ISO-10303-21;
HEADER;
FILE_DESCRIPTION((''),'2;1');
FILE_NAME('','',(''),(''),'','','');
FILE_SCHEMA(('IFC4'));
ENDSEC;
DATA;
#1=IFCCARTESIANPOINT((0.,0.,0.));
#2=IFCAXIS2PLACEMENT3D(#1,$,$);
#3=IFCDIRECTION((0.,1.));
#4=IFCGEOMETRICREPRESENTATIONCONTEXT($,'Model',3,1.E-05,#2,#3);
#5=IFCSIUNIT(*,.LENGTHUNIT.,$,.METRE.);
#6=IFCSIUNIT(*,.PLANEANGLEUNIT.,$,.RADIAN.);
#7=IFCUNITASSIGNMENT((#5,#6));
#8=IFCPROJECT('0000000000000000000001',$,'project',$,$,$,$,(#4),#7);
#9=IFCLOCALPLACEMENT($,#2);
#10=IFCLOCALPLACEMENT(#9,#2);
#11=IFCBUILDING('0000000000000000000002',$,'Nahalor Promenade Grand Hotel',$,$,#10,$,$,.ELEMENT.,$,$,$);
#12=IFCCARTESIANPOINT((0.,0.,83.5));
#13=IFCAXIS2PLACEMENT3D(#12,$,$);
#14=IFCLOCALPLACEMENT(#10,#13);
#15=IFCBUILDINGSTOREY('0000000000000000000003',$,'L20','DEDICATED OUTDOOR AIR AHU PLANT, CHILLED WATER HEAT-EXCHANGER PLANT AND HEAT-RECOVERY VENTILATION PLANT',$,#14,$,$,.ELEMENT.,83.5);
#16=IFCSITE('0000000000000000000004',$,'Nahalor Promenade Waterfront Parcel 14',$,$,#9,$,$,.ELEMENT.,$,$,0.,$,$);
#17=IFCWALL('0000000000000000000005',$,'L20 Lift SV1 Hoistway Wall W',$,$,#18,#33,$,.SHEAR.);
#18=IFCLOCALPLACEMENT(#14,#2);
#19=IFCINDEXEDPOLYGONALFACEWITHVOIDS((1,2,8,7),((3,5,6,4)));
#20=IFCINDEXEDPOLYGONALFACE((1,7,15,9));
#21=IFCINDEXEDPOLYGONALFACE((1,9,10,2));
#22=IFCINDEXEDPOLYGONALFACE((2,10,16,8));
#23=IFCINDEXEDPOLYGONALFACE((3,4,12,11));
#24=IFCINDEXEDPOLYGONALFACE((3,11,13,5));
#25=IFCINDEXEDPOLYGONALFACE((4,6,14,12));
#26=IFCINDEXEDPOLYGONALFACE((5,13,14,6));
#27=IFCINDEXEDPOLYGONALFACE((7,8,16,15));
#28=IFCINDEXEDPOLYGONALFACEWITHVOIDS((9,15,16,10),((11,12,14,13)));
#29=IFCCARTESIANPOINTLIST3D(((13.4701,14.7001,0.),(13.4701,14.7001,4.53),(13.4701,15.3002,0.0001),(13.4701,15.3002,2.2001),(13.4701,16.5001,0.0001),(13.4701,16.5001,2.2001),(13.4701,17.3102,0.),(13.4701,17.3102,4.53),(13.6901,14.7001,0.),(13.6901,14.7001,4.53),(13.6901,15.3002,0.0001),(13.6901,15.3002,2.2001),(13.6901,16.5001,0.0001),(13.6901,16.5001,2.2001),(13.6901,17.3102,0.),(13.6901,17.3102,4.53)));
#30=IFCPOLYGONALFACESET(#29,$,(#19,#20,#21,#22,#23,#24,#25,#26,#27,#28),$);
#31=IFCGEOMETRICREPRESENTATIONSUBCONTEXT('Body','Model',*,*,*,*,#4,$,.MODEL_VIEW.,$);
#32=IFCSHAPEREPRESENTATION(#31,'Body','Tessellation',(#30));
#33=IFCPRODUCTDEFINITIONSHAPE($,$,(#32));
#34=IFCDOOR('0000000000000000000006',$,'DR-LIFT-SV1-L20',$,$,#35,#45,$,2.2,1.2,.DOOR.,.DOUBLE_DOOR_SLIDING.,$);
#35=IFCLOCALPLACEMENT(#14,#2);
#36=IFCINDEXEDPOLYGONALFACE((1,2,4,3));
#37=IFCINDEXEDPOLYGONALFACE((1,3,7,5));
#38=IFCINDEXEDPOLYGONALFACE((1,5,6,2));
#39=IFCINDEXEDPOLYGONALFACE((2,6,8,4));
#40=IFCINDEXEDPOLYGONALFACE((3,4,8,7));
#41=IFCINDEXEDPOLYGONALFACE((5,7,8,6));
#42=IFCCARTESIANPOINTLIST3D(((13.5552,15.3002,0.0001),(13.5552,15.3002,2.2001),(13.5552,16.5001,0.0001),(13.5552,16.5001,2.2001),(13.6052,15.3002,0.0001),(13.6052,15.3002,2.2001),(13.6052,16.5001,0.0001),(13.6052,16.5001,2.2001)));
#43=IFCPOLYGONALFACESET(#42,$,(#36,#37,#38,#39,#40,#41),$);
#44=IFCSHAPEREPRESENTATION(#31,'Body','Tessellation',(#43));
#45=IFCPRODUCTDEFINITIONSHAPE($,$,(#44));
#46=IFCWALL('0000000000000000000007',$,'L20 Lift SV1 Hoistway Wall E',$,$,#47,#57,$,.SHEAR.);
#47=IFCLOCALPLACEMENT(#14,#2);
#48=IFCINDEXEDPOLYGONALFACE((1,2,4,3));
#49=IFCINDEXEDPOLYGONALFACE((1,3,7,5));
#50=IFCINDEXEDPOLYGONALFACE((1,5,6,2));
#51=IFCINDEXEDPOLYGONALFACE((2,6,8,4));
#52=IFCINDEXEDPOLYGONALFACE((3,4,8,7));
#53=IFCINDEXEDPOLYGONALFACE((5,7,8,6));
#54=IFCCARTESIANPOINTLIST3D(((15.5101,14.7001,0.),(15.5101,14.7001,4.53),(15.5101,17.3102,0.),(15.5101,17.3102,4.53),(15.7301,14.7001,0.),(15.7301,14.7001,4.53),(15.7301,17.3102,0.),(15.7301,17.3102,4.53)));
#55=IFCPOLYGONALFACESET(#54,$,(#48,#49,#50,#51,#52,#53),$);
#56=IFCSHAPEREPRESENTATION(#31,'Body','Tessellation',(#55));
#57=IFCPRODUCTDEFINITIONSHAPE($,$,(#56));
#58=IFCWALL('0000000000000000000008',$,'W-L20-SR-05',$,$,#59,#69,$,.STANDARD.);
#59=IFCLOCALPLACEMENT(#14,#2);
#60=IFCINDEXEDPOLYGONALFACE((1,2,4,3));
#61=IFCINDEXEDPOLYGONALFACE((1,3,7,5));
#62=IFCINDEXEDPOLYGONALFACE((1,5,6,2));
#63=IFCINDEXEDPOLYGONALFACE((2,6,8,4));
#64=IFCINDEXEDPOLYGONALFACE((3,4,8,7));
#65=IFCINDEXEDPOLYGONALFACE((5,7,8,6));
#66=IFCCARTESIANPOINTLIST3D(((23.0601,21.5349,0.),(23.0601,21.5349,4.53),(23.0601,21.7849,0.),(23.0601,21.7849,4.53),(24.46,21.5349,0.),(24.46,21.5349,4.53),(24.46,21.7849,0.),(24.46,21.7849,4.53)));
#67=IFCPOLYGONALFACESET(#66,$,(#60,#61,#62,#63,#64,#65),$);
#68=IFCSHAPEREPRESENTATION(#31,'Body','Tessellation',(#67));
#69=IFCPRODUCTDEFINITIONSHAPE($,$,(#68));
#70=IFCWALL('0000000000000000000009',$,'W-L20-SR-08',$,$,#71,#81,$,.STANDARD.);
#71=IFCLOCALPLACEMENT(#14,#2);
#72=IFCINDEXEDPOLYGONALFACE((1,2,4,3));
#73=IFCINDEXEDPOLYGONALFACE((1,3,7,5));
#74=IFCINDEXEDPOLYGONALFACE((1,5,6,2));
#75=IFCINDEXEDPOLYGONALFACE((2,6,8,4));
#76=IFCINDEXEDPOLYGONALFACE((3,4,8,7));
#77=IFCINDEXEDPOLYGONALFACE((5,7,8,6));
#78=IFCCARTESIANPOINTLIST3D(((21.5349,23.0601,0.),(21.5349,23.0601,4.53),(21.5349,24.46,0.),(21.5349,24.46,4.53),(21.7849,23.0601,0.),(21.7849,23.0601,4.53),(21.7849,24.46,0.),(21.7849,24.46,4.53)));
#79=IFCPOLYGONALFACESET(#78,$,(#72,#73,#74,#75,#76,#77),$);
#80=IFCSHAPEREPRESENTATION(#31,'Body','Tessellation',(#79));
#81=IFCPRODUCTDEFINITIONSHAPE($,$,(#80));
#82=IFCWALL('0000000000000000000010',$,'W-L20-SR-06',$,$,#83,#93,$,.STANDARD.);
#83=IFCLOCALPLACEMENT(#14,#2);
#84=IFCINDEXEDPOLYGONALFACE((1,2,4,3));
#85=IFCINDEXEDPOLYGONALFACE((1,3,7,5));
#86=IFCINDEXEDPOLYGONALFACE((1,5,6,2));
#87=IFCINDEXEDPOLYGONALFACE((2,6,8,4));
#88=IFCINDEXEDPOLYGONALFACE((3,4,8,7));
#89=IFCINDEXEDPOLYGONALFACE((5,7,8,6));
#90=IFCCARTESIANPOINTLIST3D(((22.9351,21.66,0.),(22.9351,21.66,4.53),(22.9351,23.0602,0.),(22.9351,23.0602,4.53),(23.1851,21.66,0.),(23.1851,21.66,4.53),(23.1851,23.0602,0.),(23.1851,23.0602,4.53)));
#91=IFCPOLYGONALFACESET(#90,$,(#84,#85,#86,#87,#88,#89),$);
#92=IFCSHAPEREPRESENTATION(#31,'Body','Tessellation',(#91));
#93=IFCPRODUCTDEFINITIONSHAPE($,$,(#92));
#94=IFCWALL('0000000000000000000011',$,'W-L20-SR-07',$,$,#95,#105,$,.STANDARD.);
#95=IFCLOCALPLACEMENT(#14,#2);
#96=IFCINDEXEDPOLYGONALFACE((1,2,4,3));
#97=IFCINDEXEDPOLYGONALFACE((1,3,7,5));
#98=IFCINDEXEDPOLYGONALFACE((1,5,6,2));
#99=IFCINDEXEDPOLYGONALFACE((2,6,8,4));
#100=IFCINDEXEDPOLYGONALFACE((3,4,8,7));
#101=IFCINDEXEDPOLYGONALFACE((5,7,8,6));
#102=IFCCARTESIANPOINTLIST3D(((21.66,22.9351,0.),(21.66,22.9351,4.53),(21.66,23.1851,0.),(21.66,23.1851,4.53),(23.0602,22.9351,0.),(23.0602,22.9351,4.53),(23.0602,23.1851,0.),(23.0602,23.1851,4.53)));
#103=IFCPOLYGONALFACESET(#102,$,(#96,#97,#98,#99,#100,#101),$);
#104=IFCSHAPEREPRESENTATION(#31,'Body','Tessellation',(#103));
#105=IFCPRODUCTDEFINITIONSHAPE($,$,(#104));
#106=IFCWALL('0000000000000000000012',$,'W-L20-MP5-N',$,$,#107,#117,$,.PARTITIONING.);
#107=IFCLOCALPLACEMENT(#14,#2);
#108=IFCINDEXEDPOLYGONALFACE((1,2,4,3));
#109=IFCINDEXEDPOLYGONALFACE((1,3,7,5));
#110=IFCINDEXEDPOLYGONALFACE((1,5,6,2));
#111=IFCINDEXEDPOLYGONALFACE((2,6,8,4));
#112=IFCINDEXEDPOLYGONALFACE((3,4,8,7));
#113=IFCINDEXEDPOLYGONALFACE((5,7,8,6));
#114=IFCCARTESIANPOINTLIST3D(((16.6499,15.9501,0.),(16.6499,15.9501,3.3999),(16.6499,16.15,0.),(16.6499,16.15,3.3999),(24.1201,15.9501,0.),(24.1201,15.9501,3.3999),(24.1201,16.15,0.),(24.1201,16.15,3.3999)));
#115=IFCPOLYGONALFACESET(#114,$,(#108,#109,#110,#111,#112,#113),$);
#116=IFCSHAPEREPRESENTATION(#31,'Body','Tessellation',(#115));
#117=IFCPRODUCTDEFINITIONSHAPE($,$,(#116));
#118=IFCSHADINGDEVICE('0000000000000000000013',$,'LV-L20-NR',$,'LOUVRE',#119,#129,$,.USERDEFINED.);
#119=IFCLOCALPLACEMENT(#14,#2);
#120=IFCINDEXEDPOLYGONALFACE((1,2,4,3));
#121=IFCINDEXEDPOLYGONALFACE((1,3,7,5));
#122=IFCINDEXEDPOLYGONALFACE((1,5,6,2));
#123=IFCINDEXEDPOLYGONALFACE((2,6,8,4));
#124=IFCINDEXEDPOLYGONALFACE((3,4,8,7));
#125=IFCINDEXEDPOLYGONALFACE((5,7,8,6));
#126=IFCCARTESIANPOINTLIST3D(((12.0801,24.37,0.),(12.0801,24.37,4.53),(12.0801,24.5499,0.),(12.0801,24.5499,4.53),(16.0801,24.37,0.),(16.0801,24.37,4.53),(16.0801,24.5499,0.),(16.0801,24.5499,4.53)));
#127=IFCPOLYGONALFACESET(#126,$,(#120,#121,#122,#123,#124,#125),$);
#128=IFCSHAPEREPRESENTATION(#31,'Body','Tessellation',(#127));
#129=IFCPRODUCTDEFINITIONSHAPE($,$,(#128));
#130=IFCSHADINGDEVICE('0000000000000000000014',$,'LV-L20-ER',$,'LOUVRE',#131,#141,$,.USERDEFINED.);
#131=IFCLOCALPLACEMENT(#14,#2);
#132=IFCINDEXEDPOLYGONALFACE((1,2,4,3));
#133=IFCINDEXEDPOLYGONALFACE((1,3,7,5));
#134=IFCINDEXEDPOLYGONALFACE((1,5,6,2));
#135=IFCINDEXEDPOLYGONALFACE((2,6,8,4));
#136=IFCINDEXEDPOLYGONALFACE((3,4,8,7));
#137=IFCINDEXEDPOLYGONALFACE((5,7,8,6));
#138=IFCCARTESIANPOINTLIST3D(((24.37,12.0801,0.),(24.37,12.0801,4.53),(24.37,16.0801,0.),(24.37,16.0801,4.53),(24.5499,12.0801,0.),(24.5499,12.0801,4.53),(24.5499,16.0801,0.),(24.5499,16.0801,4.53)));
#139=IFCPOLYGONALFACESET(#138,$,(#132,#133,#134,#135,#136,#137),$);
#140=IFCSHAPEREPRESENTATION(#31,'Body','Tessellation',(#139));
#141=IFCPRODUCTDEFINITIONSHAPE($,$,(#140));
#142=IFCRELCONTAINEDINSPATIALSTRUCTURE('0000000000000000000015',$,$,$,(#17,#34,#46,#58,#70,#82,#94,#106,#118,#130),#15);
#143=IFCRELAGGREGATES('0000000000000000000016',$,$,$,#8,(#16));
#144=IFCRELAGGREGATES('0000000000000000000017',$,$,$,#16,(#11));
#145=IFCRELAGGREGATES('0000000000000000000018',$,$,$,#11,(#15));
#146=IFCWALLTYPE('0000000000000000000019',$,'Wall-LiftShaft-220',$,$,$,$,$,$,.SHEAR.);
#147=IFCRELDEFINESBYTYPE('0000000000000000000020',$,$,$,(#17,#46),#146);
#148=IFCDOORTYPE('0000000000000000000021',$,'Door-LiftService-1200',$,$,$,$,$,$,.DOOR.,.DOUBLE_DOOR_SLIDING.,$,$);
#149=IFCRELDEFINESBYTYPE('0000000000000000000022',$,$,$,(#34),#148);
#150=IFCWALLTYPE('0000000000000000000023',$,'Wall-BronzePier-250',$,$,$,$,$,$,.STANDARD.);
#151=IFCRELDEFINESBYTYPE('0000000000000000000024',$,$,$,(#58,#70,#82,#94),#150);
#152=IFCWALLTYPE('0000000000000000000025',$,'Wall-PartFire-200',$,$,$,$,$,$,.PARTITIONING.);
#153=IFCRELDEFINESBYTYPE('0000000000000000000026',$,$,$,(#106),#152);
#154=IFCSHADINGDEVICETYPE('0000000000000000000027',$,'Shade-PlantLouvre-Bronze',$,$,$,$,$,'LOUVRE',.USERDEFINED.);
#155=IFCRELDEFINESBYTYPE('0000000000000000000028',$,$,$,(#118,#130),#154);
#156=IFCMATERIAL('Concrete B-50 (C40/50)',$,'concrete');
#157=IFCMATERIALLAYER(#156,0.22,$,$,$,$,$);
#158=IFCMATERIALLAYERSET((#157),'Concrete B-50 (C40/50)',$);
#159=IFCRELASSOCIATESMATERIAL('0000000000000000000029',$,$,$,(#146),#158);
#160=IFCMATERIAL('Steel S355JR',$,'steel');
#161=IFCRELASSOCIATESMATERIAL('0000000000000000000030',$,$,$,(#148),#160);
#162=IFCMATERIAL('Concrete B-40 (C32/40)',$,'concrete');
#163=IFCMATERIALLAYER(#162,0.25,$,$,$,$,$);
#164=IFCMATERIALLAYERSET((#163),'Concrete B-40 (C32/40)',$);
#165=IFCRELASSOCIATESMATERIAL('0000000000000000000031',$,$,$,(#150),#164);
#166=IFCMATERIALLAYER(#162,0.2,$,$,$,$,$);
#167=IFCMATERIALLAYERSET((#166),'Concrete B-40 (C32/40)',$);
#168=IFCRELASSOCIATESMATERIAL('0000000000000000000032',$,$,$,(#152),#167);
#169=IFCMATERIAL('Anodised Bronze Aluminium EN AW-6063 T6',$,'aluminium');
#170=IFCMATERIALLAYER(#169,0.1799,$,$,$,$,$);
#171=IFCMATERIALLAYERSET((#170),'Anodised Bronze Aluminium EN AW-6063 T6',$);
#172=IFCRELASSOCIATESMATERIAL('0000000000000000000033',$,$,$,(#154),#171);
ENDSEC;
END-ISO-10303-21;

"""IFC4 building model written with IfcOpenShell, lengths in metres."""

from ifc_helpers import new_model, si_unit, direction, frame, frame_2d, origin, origin_2d, place, context, subcontext, project, spatial, rectangle, extrude, source, transform, mapped, material, layer, layer_set, type_object, element, fill, save


model = new_model("IFC4")

# Units and contexts
model_context = context("Model", 3, precision=1e-05, world=origin(), true_north=direction((0.0, 1.0)))
body_context = subcontext(model_context, "Body", "Model", "MODEL_VIEW")
ifc_project = project(units=[si_unit("LENGTHUNIT", "METRE"), si_unit("PLANEANGLEUNIT", "RADIAN")], contexts=[model_context])

# Site, building, storey
site_placement = place(None, origin())
site = spatial("IfcSite", under=ifc_project, at=site_placement, Name="Nahalor Promenade Waterfront Parcel 14", CompositionType="ELEMENT", RefElevation=0.0)
building_placement = place(site_placement, origin())
building = spatial("IfcBuilding", under=site, at=building_placement, Name="Nahalor Promenade Grand Hotel", CompositionType="ELEMENT")
storey_placement = place(building_placement, frame((0.0, 0.0, 83.5)))
storey = spatial("IfcBuildingStorey", under=building, at=storey_placement, Name="L20", Description="DEDICATED OUTDOOR AIR AHU PLANT, CHILLED WATER HEAT-EXCHANGER PLANT AND HEAT-RECOVERY VENTILATION PLANT", CompositionType="ELEMENT", Elevation=83.5)

# Shared definitions
ifc_material_1 = material(Name="Steel S355JR", Category="steel")

# Shared definitions
ifc_material_2 = material(Name="Concrete B-50 (C40/50)", Category="concrete")
ifc_layer_1 = layer(ifc_material_2, 0.22)
ifc_layer_set_1 = layer_set([ifc_layer_1], Name="Concrete B-50 (C40/50)")
wall_type_1 = type_object("IfcWallType", Name="Wall-LiftShaft-220", PredefinedType="SHEAR", material=ifc_layer_set_1)

# Wall, opening, door
shared_shape_1 = source(origin(), body_context, "Body", "SweptSolid", [
    extrude(rectangle(XDim=2.6101, YDim=0.22, at=frame_2d((1.3052, 0.0))), origin(), (0.0, 0.0, 1.0), 4.53),
])
wall_1_placement = place(storey_placement, frame((13.5801, 14.7, 0.0), z_axis=(0.0, 0.0, 1.0), x_axis=(0.0, 1.0, 0.0)))
wall_1 = element("IfcWall", 1, at=wall_1_placement, inside=storey, type_object=wall_type_1, Name="L20 Lift SV1 Hoistway Wall W", PredefinedType="SHEAR", context=body_context, shape_type="MappedRepresentation", body=[
    mapped(shared_shape_1, transform((0.0, 0.0, 0.0), scale=1.0)),
])
opening_placement = place(wall_1_placement, frame((0.6001, 0.0, 0.0)))
opening = element("IfcOpeningElement", 2, at=opening_placement, cuts=wall_1, PredefinedType="OPENING", context=body_context, shape_type="SweptSolid", body=[
    extrude(rectangle(XDim=1.2, YDim=2.2, at=frame_2d((0.6001, 1.1001))), frame((0.0, 0.1199, 0.0), z_axis=(0.0, -1.0, 0.0), x_axis=(1.0, 0.0, 0.0)), (0.0, 0.0, 1.0), 0.24),
])
door_type = type_object("IfcDoorType", Name="Door-LiftService-1200", OperationType="DOUBLE_DOOR_SLIDING", PredefinedType="DOOR", material=ifc_material_1)
shared_shape_2 = source(origin(), body_context, "Body", "SweptSolid", [
    extrude(rectangle(XDim=1.2, YDim=2.2, at=frame_2d((0.6001, 1.1001))), frame((0.0, 0.0249, 0.0), z_axis=(0.0, -1.0, 0.0), x_axis=(1.0, 0.0, 0.0)), (0.0, 0.0, 1.0), 0.05),
])
door_placement = place(opening_placement, origin())
door = element("IfcDoor", 3, at=door_placement, inside=storey, type_object=door_type, Name="DR-LIFT-SV1-L20", OperationType="DOUBLE_DOOR_SLIDING", OverallHeight=2.2, OverallWidth=1.2, PredefinedType="DOOR", context=body_context, shape_type="MappedRepresentation", body=[
    mapped(shared_shape_2, transform((0.0, 0.0, 0.0), scale=1.0)),
])
fill(opening, door)

# Walls
wall_2_placement = place(storey_placement, frame((15.6201, 14.7, 0.0), z_axis=(0.0, 0.0, 1.0), x_axis=(0.0, 1.0, 0.0)))
element("IfcWall", 4, at=wall_2_placement, inside=storey, type_object=wall_type_1, Name="L20 Lift SV1 Hoistway Wall E", PredefinedType="SHEAR", context=body_context, shape_type="MappedRepresentation", body=[
    mapped(shared_shape_1, transform((0.0, 0.0, 0.0), scale=1.0)),
])
ifc_material_3 = material(Name="Concrete B-40 (C32/40)", Category="concrete")
ifc_layer_2 = layer(ifc_material_3, 0.25)
ifc_layer_set_2 = layer_set([ifc_layer_2], Name="Concrete B-40 (C32/40)")
wall_type_2 = type_object("IfcWallType", Name="Wall-BronzePier-250", PredefinedType="STANDARD", material=ifc_layer_set_2)
shared_shape_3 = source(origin(), body_context, "Body", "SweptSolid", [
    extrude(rectangle(XDim=1.3999, YDim=0.25, at=frame_2d((0.7, 0.0))), origin(), (0.0, 0.0, 1.0), 4.53),
])
for number, where, z_axis, x_axis, name in (
    (5, (23.0601, 21.6599, 0.0), (0.0, 0.0, 1.0), (1.0, 0.0, 0.0), "W-L20-SR-05"),
    (6, (21.6599, 23.0601, 0.0), (0.0, 0.0, 1.0), (0.0, 1.0, 0.0), "W-L20-SR-08"),
):
    element("IfcWall", number, at=place(storey_placement, frame(where, z_axis=z_axis, x_axis=x_axis)), inside=storey, type_object=wall_type_2, Name=name, PredefinedType="STANDARD", context=body_context, shape_type="MappedRepresentation", body=[
        mapped(shared_shape_3, transform((0.0, 0.0, 0.0), scale=1.0)),
    ])
shared_shape_4 = source(origin(), body_context, "Body", "SweptSolid", [
    extrude(rectangle(XDim=1.4001, YDim=0.25, at=frame_2d((0.7002, 0.0))), origin(), (0.0, 0.0, 1.0), 4.53),
])
for number, where, z_axis, x_axis, name in (
    (7, (23.0601, 21.6599, 0.0), (0.0, 0.0, 1.0), (0.0, 1.0, 0.0), "W-L20-SR-06"),
    (8, (21.6599, 23.0601, 0.0), (0.0, 0.0, 1.0), (1.0, 0.0, 0.0), "W-L20-SR-07"),
):
    element("IfcWall", number, at=place(storey_placement, frame(where, z_axis=z_axis, x_axis=x_axis)), inside=storey, type_object=wall_type_2, Name=name, PredefinedType="STANDARD", context=body_context, shape_type="MappedRepresentation", body=[
        mapped(shared_shape_4, transform((0.0, 0.0, 0.0), scale=1.0)),
    ])
ifc_layer_3 = layer(ifc_material_3, 0.2)
ifc_layer_set_3 = layer_set([ifc_layer_3], Name="Concrete B-40 (C32/40)")
wall_type_3 = type_object("IfcWallType", Name="Wall-PartFire-200", PredefinedType="PARTITIONING", material=ifc_layer_set_3)
shared_shape_5 = source(origin(), body_context, "Body", "SweptSolid", [
    extrude(rectangle(XDim=7.4702, YDim=0.2, at=frame_2d((3.7351, 0.0))), origin(), (0.0, 0.0, 1.0), 3.3999),
])
wall_3_placement = place(storey_placement, frame((16.6499, 16.05, 0.0), z_axis=(0.0, 0.0, 1.0), x_axis=(1.0, 0.0, 0.0)))
element("IfcWall", 9, at=wall_3_placement, inside=storey, type_object=wall_type_3, Name="W-L20-MP5-N", PredefinedType="PARTITIONING", context=body_context, shape_type="MappedRepresentation", body=[
    mapped(shared_shape_5, transform((0.0, 0.0, 0.0), scale=1.0)),
])

# Shading devices
ifc_material_4 = material(Name="Anodised Bronze Aluminium EN AW-6063 T6", Category="aluminium")
ifc_layer_4 = layer(ifc_material_4, 0.1799)
ifc_layer_set_4 = layer_set([ifc_layer_4], Name="Anodised Bronze Aluminium EN AW-6063 T6")
shading_device_type = type_object("IfcShadingDeviceType", Name="Shade-PlantLouvre-Bronze", ElementType="LOUVRE", PredefinedType="USERDEFINED", material=ifc_layer_set_4)
shared_shape_6 = source(origin(), body_context, "Body", "SweptSolid", [
    extrude(rectangle(XDim=4.0, YDim=0.1799, at=origin_2d()), origin(), (0.0, 0.0, 1.0), 4.53),
])
for number, where, z_axis, x_axis, name in (
    (10, (14.0801, 24.46, 0.0), (0.0, 0.0, 1.0), (1.0, 0.0, 0.0), "LV-L20-NR"),
    (11, (24.46, 14.0801, 0.0), (0.0, 0.0, 1.0), (0.0, 1.0, 0.0), "LV-L20-ER"),
):
    element("IfcShadingDevice", number, at=place(storey_placement, frame(where, z_axis=z_axis, x_axis=x_axis)), inside=storey, type_object=shading_device_type, Name=name, ObjectType="LOUVRE", PredefinedType="USERDEFINED", context=body_context, shape_type="MappedRepresentation", body=[
        mapped(shared_shape_6, transform((0.0, 0.0, 0.0), scale=1.0)),
    ])

save(model, "model.ifc")
